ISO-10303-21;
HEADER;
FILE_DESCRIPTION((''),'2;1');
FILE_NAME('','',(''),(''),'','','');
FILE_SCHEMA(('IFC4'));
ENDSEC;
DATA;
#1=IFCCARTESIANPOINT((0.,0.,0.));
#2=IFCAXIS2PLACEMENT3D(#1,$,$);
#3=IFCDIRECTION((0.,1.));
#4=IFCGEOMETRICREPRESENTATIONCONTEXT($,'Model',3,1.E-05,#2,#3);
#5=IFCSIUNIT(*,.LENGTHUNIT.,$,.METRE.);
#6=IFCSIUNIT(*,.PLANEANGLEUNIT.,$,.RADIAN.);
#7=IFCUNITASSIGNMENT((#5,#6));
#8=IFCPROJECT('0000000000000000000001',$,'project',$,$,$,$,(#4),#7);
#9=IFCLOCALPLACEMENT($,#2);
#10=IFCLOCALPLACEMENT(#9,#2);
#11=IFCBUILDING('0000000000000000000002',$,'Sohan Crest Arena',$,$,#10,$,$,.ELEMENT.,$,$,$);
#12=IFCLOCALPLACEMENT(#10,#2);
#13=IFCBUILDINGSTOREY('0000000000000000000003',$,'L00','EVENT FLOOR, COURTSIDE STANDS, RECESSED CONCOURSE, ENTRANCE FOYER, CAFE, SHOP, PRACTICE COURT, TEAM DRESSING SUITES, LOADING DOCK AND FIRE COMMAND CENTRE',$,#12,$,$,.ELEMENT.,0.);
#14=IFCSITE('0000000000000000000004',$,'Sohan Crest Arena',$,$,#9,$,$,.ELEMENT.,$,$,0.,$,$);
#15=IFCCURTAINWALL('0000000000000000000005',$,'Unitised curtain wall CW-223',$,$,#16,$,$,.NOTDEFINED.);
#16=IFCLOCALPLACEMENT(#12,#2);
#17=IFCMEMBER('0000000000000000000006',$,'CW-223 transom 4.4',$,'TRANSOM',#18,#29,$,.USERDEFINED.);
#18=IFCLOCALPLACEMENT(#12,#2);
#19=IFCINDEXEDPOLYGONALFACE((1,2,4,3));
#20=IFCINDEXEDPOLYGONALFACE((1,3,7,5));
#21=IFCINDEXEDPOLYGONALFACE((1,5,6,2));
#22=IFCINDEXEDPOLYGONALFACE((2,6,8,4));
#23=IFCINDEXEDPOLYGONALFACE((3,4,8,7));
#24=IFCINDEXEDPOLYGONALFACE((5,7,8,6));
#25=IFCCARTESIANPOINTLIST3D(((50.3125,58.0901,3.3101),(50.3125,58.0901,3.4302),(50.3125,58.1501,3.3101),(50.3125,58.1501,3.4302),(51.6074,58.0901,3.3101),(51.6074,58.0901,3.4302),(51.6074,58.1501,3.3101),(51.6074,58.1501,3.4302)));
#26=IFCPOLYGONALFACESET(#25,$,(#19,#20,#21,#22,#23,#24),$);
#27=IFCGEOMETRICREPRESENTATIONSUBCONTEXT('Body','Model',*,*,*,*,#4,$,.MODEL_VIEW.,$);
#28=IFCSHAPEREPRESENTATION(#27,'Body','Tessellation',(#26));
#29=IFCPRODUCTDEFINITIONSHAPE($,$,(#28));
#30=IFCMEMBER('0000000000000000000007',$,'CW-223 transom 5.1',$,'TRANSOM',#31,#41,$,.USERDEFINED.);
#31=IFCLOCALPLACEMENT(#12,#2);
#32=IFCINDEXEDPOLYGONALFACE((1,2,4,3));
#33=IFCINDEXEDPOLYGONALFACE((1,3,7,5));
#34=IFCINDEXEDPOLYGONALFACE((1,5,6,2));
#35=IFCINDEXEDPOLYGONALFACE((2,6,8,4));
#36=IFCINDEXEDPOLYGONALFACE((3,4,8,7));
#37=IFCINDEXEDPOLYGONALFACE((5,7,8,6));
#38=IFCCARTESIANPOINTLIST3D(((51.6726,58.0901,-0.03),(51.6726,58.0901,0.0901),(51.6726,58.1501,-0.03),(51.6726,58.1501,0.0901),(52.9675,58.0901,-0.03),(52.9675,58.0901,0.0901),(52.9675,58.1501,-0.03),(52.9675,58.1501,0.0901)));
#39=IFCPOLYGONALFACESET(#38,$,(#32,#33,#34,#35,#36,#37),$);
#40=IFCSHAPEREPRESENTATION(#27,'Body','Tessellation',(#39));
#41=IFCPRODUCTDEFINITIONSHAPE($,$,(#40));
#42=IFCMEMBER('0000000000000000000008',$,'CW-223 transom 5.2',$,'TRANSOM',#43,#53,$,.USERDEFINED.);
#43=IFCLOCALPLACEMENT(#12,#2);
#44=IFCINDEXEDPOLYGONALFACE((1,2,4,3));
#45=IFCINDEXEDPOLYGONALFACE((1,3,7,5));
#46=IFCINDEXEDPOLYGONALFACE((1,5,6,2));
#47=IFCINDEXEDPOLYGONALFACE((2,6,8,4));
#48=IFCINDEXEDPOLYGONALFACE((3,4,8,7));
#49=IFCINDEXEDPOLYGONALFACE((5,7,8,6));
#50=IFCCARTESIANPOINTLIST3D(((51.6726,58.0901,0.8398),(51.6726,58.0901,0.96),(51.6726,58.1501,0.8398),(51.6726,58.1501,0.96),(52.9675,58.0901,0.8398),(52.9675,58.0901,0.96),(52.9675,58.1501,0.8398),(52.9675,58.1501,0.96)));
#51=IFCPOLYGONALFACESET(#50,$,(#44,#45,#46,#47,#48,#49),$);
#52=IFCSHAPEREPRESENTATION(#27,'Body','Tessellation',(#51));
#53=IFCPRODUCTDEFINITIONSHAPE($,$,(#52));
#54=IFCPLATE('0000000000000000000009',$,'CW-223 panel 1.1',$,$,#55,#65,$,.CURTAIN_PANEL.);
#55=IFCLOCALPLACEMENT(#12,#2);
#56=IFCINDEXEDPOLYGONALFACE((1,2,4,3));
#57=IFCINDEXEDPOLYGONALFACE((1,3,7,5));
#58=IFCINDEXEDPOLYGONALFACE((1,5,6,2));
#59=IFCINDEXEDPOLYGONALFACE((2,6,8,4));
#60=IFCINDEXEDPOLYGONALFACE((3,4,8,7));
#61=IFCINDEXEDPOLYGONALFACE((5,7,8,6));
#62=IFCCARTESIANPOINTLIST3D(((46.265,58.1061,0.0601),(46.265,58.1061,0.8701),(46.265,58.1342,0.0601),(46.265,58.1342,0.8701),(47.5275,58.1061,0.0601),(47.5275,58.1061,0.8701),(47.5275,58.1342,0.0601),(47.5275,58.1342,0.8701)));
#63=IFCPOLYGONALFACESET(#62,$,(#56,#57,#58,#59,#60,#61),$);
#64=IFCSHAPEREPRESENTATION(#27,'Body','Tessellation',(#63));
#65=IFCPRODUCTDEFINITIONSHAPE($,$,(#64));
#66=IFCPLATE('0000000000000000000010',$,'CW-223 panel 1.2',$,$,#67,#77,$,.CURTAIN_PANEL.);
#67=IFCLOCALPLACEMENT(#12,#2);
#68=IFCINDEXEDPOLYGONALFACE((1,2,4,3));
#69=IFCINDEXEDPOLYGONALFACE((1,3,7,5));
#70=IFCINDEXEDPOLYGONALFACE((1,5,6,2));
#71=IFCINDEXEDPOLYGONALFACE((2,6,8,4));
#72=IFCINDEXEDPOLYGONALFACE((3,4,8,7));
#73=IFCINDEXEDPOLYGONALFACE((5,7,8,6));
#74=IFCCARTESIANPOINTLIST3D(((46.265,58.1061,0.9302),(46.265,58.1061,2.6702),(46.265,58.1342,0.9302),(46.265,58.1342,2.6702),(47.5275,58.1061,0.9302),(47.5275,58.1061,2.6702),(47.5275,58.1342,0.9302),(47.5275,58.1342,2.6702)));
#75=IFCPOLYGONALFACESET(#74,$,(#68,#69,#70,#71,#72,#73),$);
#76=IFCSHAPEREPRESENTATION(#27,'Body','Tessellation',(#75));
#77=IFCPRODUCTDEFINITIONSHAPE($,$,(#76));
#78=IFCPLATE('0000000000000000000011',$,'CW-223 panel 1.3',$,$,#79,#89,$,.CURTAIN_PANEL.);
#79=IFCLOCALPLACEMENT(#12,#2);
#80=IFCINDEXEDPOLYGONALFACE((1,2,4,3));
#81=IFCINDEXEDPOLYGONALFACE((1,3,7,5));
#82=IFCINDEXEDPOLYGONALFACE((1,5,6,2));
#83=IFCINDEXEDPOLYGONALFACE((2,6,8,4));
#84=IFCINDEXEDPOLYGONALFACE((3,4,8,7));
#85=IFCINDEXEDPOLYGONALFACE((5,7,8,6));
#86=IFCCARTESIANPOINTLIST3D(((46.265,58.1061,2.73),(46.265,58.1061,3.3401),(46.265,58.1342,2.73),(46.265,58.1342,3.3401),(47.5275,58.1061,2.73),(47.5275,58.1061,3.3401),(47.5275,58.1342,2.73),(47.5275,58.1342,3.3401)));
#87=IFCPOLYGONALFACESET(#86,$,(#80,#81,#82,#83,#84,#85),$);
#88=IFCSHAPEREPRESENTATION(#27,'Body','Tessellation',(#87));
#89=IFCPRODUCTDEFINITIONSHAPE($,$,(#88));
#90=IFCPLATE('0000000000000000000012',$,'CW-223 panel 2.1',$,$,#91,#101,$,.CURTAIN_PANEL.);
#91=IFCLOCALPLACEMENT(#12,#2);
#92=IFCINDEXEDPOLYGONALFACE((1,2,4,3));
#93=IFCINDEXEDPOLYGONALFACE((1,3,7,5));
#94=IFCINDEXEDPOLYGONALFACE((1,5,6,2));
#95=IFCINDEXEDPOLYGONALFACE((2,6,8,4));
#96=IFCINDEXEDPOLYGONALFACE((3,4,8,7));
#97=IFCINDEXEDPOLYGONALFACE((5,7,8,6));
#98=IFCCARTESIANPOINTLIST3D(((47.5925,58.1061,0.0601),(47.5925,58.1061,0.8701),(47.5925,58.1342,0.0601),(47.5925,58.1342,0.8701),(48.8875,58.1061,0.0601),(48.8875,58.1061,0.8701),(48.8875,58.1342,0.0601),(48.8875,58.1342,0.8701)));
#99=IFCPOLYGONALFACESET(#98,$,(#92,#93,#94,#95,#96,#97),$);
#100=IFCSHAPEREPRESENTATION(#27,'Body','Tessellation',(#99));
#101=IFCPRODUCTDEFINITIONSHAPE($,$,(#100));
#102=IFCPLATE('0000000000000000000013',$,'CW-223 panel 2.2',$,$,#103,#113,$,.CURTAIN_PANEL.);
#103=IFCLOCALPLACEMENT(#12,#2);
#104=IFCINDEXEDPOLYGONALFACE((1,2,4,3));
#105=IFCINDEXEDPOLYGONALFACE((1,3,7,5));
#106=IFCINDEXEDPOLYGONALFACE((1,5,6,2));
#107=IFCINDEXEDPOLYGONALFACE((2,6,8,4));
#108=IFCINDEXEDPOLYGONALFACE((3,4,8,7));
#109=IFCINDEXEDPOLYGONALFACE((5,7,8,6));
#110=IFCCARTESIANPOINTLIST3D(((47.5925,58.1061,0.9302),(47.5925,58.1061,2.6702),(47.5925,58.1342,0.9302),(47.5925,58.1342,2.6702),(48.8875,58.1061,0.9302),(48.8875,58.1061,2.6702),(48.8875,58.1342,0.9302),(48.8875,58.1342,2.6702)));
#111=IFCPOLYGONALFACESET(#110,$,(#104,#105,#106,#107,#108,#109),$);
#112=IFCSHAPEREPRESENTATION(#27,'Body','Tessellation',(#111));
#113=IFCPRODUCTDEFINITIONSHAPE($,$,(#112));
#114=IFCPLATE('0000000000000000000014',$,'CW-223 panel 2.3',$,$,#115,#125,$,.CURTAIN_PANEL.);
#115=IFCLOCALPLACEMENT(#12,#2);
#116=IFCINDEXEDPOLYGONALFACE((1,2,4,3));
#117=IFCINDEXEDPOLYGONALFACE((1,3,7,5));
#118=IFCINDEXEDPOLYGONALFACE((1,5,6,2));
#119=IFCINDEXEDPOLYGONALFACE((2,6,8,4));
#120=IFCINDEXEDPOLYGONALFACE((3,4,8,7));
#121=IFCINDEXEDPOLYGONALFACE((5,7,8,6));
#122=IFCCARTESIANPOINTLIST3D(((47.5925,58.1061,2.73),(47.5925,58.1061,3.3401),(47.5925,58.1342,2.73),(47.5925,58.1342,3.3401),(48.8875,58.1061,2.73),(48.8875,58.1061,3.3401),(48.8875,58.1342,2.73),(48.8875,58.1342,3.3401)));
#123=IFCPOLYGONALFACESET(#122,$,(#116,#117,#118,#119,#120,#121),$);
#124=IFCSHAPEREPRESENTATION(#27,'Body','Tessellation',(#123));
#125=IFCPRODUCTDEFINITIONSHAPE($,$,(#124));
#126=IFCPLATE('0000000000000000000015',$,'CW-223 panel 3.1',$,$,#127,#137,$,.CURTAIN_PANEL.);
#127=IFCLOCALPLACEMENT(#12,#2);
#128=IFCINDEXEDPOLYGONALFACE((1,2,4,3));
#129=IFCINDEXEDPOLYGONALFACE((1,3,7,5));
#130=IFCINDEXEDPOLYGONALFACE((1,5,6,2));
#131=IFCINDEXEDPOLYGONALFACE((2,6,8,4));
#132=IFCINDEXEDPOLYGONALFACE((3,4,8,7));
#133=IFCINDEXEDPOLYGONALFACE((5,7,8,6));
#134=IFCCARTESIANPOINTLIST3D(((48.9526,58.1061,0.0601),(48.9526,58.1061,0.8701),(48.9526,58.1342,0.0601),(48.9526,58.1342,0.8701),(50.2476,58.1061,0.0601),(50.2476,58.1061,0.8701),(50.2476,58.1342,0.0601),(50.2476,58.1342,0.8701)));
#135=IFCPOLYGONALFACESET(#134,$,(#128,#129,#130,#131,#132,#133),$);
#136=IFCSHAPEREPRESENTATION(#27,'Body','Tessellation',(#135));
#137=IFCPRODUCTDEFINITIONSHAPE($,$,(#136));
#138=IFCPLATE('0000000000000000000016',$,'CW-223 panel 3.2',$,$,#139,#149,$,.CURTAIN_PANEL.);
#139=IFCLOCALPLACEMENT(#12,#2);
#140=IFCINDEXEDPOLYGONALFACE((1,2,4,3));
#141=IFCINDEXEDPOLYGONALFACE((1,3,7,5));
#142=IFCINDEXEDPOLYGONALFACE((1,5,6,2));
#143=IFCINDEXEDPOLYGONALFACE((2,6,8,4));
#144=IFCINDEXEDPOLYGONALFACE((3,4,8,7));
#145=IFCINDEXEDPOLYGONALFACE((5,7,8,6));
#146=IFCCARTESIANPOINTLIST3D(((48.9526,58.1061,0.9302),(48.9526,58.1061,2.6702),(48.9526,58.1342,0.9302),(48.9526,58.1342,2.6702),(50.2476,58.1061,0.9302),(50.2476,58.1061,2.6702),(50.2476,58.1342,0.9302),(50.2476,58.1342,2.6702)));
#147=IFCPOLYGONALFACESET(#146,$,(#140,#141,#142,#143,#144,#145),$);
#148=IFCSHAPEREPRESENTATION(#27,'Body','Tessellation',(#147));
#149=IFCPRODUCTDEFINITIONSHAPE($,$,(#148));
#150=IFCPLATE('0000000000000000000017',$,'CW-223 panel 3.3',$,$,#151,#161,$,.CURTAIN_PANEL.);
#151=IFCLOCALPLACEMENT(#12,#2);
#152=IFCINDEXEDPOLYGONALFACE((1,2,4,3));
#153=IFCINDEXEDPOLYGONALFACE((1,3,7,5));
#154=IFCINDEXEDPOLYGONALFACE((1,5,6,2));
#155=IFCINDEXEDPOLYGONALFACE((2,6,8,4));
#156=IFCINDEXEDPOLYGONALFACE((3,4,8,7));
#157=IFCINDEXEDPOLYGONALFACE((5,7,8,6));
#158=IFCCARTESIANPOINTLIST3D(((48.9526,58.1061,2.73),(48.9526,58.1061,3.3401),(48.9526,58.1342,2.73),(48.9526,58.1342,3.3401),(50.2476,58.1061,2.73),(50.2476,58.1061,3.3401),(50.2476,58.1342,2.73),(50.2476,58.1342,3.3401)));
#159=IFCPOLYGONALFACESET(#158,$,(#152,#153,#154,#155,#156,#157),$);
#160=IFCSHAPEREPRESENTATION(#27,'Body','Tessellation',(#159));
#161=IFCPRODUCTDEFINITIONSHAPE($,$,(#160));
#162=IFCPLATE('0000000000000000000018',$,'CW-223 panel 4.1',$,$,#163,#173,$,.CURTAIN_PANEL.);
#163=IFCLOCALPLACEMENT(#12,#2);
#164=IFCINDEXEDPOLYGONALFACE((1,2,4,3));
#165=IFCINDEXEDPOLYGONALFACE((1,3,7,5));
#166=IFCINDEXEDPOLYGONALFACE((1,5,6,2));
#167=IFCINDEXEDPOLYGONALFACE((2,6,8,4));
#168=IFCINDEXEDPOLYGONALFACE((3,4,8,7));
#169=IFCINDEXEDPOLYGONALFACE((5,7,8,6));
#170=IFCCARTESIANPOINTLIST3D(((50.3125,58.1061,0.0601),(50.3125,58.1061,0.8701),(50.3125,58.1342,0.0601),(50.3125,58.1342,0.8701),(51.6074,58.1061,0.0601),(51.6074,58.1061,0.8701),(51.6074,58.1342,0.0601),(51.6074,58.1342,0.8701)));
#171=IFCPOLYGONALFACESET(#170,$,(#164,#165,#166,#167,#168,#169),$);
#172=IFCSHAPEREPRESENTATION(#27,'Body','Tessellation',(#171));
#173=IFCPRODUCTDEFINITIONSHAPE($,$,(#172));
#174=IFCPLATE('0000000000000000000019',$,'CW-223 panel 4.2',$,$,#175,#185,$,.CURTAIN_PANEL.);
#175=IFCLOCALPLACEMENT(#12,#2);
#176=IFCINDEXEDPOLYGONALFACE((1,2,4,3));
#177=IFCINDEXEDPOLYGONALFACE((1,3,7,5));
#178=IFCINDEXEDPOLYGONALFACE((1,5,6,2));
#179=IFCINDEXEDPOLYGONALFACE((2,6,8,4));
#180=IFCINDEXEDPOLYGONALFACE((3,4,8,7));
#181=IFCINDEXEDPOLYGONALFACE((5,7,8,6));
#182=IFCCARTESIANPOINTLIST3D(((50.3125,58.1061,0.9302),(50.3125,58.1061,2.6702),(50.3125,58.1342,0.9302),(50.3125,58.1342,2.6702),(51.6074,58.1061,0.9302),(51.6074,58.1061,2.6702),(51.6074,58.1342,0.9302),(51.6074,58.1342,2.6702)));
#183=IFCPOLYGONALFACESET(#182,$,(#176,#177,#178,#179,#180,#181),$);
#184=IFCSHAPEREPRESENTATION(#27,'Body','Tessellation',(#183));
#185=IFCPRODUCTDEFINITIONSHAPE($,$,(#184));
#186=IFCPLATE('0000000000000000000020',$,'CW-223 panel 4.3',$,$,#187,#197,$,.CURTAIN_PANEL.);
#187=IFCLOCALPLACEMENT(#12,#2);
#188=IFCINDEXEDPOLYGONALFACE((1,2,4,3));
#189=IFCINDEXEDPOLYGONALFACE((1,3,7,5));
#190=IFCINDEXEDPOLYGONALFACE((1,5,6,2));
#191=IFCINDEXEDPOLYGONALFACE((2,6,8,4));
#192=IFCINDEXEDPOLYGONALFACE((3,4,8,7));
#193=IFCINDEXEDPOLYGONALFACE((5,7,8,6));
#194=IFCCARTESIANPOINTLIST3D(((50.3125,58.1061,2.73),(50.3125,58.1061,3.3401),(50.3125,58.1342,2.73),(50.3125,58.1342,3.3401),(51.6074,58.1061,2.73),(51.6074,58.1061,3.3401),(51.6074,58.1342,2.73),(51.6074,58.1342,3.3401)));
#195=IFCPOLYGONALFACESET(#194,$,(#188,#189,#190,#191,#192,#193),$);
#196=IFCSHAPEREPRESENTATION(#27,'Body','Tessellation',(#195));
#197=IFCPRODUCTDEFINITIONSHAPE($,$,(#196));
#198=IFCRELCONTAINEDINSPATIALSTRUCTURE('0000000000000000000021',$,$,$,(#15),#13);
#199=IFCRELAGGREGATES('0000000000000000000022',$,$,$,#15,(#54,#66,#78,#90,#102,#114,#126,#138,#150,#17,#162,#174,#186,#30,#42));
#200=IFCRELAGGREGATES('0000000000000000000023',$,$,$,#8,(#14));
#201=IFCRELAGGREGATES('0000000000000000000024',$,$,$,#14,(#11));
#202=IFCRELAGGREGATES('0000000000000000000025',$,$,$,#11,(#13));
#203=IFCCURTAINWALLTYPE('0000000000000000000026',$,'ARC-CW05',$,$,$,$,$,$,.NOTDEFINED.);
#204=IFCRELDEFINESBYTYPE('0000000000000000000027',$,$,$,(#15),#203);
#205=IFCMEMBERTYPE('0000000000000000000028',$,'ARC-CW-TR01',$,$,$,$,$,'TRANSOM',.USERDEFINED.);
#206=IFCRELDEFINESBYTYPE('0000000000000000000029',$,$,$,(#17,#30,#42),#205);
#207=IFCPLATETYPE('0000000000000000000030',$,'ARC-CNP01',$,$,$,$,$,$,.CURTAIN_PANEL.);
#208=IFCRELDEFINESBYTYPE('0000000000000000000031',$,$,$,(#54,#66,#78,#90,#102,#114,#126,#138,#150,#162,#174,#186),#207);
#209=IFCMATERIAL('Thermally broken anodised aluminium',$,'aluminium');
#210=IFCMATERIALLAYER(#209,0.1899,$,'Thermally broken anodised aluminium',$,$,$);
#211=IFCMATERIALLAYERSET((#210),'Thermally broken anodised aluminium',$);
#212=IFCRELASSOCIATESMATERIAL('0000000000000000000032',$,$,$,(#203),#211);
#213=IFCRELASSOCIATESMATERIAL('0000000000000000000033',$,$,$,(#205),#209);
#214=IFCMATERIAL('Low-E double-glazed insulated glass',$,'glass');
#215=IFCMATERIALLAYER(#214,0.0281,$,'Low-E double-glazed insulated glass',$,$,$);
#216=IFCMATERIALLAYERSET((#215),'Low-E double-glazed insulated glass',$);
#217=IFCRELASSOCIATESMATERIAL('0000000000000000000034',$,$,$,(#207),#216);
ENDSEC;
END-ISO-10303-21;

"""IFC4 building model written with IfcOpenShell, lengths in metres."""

from ifc_helpers import new_model, si_unit, direction, frame, origin, origin_2d, place, context, subcontext, project, spatial, rectangle, extrude, material, layer, layer_set, material_profile, profile_set, type_object, element, aggregate, save


model = new_model("IFC4")

# Units and contexts
model_context = context("Model", 3, precision=1e-05, world=origin(), true_north=direction((0.0, 1.0)))
body_context = subcontext(model_context, "Body", "Model", "MODEL_VIEW")
ifc_project = project(units=[si_unit("LENGTHUNIT", "METRE"), si_unit("PLANEANGLEUNIT", "RADIAN")], contexts=[model_context])

# Site, building, storey
site_placement = place(None, origin())
site = spatial("IfcSite", under=ifc_project, at=site_placement, Name="Sohan Crest Arena", CompositionType="ELEMENT", RefElevation=0.0)
building_placement = place(site_placement, origin())
building = spatial("IfcBuilding", under=site, at=building_placement, Name="Sohan Crest Arena", CompositionType="ELEMENT")
storey_placement = place(building_placement, origin())
storey = spatial("IfcBuildingStorey", under=building, at=storey_placement, Name="L00", Description="EVENT FLOOR, COURTSIDE STANDS, RECESSED CONCOURSE, ENTRANCE FOYER, CAFE, SHOP, PRACTICE COURT, TEAM DRESSING SUITES, LOADING DOCK AND FIRE COMMAND CENTRE", CompositionType="ELEMENT", Elevation=0.0)

# Curtain wall, members, plates
ifc_material_1 = material(Name="Thermally broken anodised aluminium", Category="aluminium")
ifc_layer_1 = layer(ifc_material_1, 0.1899, Name="Thermally broken anodised aluminium")
ifc_layer_set_1 = layer_set([ifc_layer_1], Name="Thermally broken anodised aluminium")
curtain_wall_type = type_object("IfcCurtainWallType", Name="ARC-CW05", PredefinedType="NOTDEFINED", material=ifc_layer_set_1)
curtain_wall_placement = place(storey_placement, origin())
curtain_wall = element("IfcCurtainWall", 1, at=curtain_wall_placement, inside=storey, type_object=curtain_wall_type, Name="Unitised curtain wall CW-223", PredefinedType="NOTDEFINED")
ifc_material_profile_1 = material_profile(ifc_material_1, rectangle(XDim=0.0601, YDim=0.1201, at=origin_2d()), Name="ALU-TRAN 60x120")
ifc_profile_set_1 = profile_set([ifc_material_profile_1], Name="Thermally broken anodised aluminium")
member_type_1 = type_object("IfcMemberType", Name="ARC-CW-TR01", ElementType="TRANSOM", PredefinedType="USERDEFINED", material=ifc_profile_set_1)
member_1_placement = place(storey_placement, frame((50.3125, 58.1201, 3.3701), z_axis=(1.0, 0.0, 0.0), x_axis=(0.0, 1.0, 0.0)))
member_1 = element("IfcMember", 2, at=member_1_placement, type_object=member_type_1, Name="CW-223 transom 4.4", ObjectType="TRANSOM", PredefinedType="USERDEFINED", context=body_context, shape_type="SweptSolid", body=[
    extrude(rectangle(XDim=0.0601, YDim=0.1201, at=origin_2d()), origin(), (0.0, 0.0, 1.0), 1.2949),
])
member_2_placement = place(storey_placement, frame((51.6726, 58.1201, 0.03), z_axis=(1.0, 0.0, 0.0), x_axis=(0.0, 1.0, 0.0)))
member_2 = element("IfcMember", 3, at=member_2_placement, type_object=member_type_1, Name="CW-223 transom 5.1", ObjectType="TRANSOM", PredefinedType="USERDEFINED", context=body_context, shape_type="SweptSolid", body=[
    extrude(rectangle(XDim=0.0601, YDim=0.1201, at=origin_2d()), origin(), (0.0, 0.0, 1.0), 1.2949),
])
member_3_placement = place(storey_placement, frame((51.6726, 58.1201, 0.8999), z_axis=(1.0, 0.0, 0.0), x_axis=(0.0, 1.0, 0.0)))
member_3 = element("IfcMember", 4, at=member_3_placement, type_object=member_type_1, Name="CW-223 transom 5.2", ObjectType="TRANSOM", PredefinedType="USERDEFINED", context=body_context, shape_type="SweptSolid", body=[
    extrude(rectangle(XDim=0.0601, YDim=0.1201, at=origin_2d()), origin(), (0.0, 0.0, 1.0), 1.2949),
])
ifc_material_2 = material(Name="Low-E double-glazed insulated glass", Category="glass")
ifc_layer_2 = layer(ifc_material_2, 0.0281, Name="Low-E double-glazed insulated glass")
ifc_layer_set_2 = layer_set([ifc_layer_2], Name="Low-E double-glazed insulated glass")
plate_type = type_object("IfcPlateType", Name="ARC-CNP01", PredefinedType="CURTAIN_PANEL", material=ifc_layer_set_2)
plate_1_placement = place(storey_placement, frame((46.8962, 58.1201, 0.0601), z_axis=(0.0, 0.0, 1.0), x_axis=(1.0, 0.0, 0.0)))
plate_1 = element("IfcPlate", 5, at=plate_1_placement, type_object=plate_type, Name="CW-223 panel 1.1", PredefinedType="CURTAIN_PANEL", context=body_context, shape_type="SweptSolid", body=[
    extrude(rectangle(XDim=1.2625, YDim=0.0281, at=origin_2d()), origin(), (0.0, 0.0, 1.0), 0.8101),
])
plate_2_placement = place(storey_placement, frame((46.8962, 58.1201, 0.9302), z_axis=(0.0, 0.0, 1.0), x_axis=(1.0, 0.0, 0.0)))
plate_2 = element("IfcPlate", 6, at=plate_2_placement, type_object=plate_type, Name="CW-223 panel 1.2", PredefinedType="CURTAIN_PANEL", context=body_context, shape_type="SweptSolid", body=[
    extrude(rectangle(XDim=1.2625, YDim=0.0281, at=origin_2d()), origin(), (0.0, 0.0, 1.0), 1.74),
])
plate_3_placement = place(storey_placement, frame((46.8962, 58.1201, 2.73), z_axis=(0.0, 0.0, 1.0), x_axis=(1.0, 0.0, 0.0)))
plate_3 = element("IfcPlate", 7, at=plate_3_placement, type_object=plate_type, Name="CW-223 panel 1.3", PredefinedType="CURTAIN_PANEL", context=body_context, shape_type="SweptSolid", body=[
    extrude(rectangle(XDim=1.2625, YDim=0.0281, at=origin_2d()), origin(), (0.0, 0.0, 1.0), 0.6101),
])
plate_4_placement = place(storey_placement, frame((48.24, 58.1201, 0.0601), z_axis=(0.0, 0.0, 1.0), x_axis=(1.0, 0.0, 0.0)))
plate_4 = element("IfcPlate", 8, at=plate_4_placement, type_object=plate_type, Name="CW-223 panel 2.1", PredefinedType="CURTAIN_PANEL", context=body_context, shape_type="SweptSolid", body=[
    extrude(rectangle(XDim=1.2949, YDim=0.0281, at=origin_2d()), origin(), (0.0, 0.0, 1.0), 0.8101),
])
plate_5_placement = place(storey_placement, frame((48.24, 58.1201, 0.9302), z_axis=(0.0, 0.0, 1.0), x_axis=(1.0, 0.0, 0.0)))
plate_5 = element("IfcPlate", 9, at=plate_5_placement, type_object=plate_type, Name="CW-223 panel 2.2", PredefinedType="CURTAIN_PANEL", context=body_context, shape_type="SweptSolid", body=[
    extrude(rectangle(XDim=1.2949, YDim=0.0281, at=origin_2d()), origin(), (0.0, 0.0, 1.0), 1.74),
])
plate_6_placement = place(storey_placement, frame((48.24, 58.1201, 2.73), z_axis=(0.0, 0.0, 1.0), x_axis=(1.0, 0.0, 0.0)))
plate_6 = element("IfcPlate", 10, at=plate_6_placement, type_object=plate_type, Name="CW-223 panel 2.3", PredefinedType="CURTAIN_PANEL", context=body_context, shape_type="SweptSolid", body=[
    extrude(rectangle(XDim=1.2949, YDim=0.0281, at=origin_2d()), origin(), (0.0, 0.0, 1.0), 0.6101),
])
plate_7_placement = place(storey_placement, frame((49.6001, 58.1201, 0.0601), z_axis=(0.0, 0.0, 1.0), x_axis=(1.0, 0.0, 0.0)))
plate_7 = element("IfcPlate", 11, at=plate_7_placement, type_object=plate_type, Name="CW-223 panel 3.1", PredefinedType="CURTAIN_PANEL", context=body_context, shape_type="SweptSolid", body=[
    extrude(rectangle(XDim=1.2949, YDim=0.0281, at=origin_2d()), origin(), (0.0, 0.0, 1.0), 0.8101),
])
plate_8_placement = place(storey_placement, frame((49.6001, 58.1201, 0.9302), z_axis=(0.0, 0.0, 1.0), x_axis=(1.0, 0.0, 0.0)))
plate_8 = element("IfcPlate", 12, at=plate_8_placement, type_object=plate_type, Name="CW-223 panel 3.2", PredefinedType="CURTAIN_PANEL", context=body_context, shape_type="SweptSolid", body=[
    extrude(rectangle(XDim=1.2949, YDim=0.0281, at=origin_2d()), origin(), (0.0, 0.0, 1.0), 1.74),
])
plate_9_placement = place(storey_placement, frame((49.6001, 58.1201, 2.73), z_axis=(0.0, 0.0, 1.0), x_axis=(1.0, 0.0, 0.0)))
plate_9 = element("IfcPlate", 13, at=plate_9_placement, type_object=plate_type, Name="CW-223 panel 3.3", PredefinedType="CURTAIN_PANEL", context=body_context, shape_type="SweptSolid", body=[
    extrude(rectangle(XDim=1.2949, YDim=0.0281, at=origin_2d()), origin(), (0.0, 0.0, 1.0), 0.6101),
])
plate_10_placement = place(storey_placement, frame((50.96, 58.1201, 0.0601), z_axis=(0.0, 0.0, 1.0), x_axis=(1.0, 0.0, 0.0)))
plate_10 = element("IfcPlate", 14, at=plate_10_placement, type_object=plate_type, Name="CW-223 panel 4.1", PredefinedType="CURTAIN_PANEL", context=body_context, shape_type="SweptSolid", body=[
    extrude(rectangle(XDim=1.2949, YDim=0.0281, at=origin_2d()), origin(), (0.0, 0.0, 1.0), 0.8101),
])
plate_11_placement = place(storey_placement, frame((50.96, 58.1201, 0.9302), z_axis=(0.0, 0.0, 1.0), x_axis=(1.0, 0.0, 0.0)))
plate_11 = element("IfcPlate", 15, at=plate_11_placement, type_object=plate_type, Name="CW-223 panel 4.2", PredefinedType="CURTAIN_PANEL", context=body_context, shape_type="SweptSolid", body=[
    extrude(rectangle(XDim=1.2949, YDim=0.0281, at=origin_2d()), origin(), (0.0, 0.0, 1.0), 1.74),
])
plate_12_placement = place(storey_placement, frame((50.96, 58.1201, 2.73), z_axis=(0.0, 0.0, 1.0), x_axis=(1.0, 0.0, 0.0)))
plate_12 = element("IfcPlate", 16, at=plate_12_placement, type_object=plate_type, Name="CW-223 panel 4.3", PredefinedType="CURTAIN_PANEL", context=body_context, shape_type="SweptSolid", body=[
    extrude(rectangle(XDim=1.2949, YDim=0.0281, at=origin_2d()), origin(), (0.0, 0.0, 1.0), 0.6101),
])
aggregate(curtain_wall, [plate_1, plate_2, plate_3, plate_4, plate_5, plate_6, plate_7, plate_8, plate_9, member_1, plate_10, plate_11, plate_12, member_2, member_3])

save(model, "model.ifc")
